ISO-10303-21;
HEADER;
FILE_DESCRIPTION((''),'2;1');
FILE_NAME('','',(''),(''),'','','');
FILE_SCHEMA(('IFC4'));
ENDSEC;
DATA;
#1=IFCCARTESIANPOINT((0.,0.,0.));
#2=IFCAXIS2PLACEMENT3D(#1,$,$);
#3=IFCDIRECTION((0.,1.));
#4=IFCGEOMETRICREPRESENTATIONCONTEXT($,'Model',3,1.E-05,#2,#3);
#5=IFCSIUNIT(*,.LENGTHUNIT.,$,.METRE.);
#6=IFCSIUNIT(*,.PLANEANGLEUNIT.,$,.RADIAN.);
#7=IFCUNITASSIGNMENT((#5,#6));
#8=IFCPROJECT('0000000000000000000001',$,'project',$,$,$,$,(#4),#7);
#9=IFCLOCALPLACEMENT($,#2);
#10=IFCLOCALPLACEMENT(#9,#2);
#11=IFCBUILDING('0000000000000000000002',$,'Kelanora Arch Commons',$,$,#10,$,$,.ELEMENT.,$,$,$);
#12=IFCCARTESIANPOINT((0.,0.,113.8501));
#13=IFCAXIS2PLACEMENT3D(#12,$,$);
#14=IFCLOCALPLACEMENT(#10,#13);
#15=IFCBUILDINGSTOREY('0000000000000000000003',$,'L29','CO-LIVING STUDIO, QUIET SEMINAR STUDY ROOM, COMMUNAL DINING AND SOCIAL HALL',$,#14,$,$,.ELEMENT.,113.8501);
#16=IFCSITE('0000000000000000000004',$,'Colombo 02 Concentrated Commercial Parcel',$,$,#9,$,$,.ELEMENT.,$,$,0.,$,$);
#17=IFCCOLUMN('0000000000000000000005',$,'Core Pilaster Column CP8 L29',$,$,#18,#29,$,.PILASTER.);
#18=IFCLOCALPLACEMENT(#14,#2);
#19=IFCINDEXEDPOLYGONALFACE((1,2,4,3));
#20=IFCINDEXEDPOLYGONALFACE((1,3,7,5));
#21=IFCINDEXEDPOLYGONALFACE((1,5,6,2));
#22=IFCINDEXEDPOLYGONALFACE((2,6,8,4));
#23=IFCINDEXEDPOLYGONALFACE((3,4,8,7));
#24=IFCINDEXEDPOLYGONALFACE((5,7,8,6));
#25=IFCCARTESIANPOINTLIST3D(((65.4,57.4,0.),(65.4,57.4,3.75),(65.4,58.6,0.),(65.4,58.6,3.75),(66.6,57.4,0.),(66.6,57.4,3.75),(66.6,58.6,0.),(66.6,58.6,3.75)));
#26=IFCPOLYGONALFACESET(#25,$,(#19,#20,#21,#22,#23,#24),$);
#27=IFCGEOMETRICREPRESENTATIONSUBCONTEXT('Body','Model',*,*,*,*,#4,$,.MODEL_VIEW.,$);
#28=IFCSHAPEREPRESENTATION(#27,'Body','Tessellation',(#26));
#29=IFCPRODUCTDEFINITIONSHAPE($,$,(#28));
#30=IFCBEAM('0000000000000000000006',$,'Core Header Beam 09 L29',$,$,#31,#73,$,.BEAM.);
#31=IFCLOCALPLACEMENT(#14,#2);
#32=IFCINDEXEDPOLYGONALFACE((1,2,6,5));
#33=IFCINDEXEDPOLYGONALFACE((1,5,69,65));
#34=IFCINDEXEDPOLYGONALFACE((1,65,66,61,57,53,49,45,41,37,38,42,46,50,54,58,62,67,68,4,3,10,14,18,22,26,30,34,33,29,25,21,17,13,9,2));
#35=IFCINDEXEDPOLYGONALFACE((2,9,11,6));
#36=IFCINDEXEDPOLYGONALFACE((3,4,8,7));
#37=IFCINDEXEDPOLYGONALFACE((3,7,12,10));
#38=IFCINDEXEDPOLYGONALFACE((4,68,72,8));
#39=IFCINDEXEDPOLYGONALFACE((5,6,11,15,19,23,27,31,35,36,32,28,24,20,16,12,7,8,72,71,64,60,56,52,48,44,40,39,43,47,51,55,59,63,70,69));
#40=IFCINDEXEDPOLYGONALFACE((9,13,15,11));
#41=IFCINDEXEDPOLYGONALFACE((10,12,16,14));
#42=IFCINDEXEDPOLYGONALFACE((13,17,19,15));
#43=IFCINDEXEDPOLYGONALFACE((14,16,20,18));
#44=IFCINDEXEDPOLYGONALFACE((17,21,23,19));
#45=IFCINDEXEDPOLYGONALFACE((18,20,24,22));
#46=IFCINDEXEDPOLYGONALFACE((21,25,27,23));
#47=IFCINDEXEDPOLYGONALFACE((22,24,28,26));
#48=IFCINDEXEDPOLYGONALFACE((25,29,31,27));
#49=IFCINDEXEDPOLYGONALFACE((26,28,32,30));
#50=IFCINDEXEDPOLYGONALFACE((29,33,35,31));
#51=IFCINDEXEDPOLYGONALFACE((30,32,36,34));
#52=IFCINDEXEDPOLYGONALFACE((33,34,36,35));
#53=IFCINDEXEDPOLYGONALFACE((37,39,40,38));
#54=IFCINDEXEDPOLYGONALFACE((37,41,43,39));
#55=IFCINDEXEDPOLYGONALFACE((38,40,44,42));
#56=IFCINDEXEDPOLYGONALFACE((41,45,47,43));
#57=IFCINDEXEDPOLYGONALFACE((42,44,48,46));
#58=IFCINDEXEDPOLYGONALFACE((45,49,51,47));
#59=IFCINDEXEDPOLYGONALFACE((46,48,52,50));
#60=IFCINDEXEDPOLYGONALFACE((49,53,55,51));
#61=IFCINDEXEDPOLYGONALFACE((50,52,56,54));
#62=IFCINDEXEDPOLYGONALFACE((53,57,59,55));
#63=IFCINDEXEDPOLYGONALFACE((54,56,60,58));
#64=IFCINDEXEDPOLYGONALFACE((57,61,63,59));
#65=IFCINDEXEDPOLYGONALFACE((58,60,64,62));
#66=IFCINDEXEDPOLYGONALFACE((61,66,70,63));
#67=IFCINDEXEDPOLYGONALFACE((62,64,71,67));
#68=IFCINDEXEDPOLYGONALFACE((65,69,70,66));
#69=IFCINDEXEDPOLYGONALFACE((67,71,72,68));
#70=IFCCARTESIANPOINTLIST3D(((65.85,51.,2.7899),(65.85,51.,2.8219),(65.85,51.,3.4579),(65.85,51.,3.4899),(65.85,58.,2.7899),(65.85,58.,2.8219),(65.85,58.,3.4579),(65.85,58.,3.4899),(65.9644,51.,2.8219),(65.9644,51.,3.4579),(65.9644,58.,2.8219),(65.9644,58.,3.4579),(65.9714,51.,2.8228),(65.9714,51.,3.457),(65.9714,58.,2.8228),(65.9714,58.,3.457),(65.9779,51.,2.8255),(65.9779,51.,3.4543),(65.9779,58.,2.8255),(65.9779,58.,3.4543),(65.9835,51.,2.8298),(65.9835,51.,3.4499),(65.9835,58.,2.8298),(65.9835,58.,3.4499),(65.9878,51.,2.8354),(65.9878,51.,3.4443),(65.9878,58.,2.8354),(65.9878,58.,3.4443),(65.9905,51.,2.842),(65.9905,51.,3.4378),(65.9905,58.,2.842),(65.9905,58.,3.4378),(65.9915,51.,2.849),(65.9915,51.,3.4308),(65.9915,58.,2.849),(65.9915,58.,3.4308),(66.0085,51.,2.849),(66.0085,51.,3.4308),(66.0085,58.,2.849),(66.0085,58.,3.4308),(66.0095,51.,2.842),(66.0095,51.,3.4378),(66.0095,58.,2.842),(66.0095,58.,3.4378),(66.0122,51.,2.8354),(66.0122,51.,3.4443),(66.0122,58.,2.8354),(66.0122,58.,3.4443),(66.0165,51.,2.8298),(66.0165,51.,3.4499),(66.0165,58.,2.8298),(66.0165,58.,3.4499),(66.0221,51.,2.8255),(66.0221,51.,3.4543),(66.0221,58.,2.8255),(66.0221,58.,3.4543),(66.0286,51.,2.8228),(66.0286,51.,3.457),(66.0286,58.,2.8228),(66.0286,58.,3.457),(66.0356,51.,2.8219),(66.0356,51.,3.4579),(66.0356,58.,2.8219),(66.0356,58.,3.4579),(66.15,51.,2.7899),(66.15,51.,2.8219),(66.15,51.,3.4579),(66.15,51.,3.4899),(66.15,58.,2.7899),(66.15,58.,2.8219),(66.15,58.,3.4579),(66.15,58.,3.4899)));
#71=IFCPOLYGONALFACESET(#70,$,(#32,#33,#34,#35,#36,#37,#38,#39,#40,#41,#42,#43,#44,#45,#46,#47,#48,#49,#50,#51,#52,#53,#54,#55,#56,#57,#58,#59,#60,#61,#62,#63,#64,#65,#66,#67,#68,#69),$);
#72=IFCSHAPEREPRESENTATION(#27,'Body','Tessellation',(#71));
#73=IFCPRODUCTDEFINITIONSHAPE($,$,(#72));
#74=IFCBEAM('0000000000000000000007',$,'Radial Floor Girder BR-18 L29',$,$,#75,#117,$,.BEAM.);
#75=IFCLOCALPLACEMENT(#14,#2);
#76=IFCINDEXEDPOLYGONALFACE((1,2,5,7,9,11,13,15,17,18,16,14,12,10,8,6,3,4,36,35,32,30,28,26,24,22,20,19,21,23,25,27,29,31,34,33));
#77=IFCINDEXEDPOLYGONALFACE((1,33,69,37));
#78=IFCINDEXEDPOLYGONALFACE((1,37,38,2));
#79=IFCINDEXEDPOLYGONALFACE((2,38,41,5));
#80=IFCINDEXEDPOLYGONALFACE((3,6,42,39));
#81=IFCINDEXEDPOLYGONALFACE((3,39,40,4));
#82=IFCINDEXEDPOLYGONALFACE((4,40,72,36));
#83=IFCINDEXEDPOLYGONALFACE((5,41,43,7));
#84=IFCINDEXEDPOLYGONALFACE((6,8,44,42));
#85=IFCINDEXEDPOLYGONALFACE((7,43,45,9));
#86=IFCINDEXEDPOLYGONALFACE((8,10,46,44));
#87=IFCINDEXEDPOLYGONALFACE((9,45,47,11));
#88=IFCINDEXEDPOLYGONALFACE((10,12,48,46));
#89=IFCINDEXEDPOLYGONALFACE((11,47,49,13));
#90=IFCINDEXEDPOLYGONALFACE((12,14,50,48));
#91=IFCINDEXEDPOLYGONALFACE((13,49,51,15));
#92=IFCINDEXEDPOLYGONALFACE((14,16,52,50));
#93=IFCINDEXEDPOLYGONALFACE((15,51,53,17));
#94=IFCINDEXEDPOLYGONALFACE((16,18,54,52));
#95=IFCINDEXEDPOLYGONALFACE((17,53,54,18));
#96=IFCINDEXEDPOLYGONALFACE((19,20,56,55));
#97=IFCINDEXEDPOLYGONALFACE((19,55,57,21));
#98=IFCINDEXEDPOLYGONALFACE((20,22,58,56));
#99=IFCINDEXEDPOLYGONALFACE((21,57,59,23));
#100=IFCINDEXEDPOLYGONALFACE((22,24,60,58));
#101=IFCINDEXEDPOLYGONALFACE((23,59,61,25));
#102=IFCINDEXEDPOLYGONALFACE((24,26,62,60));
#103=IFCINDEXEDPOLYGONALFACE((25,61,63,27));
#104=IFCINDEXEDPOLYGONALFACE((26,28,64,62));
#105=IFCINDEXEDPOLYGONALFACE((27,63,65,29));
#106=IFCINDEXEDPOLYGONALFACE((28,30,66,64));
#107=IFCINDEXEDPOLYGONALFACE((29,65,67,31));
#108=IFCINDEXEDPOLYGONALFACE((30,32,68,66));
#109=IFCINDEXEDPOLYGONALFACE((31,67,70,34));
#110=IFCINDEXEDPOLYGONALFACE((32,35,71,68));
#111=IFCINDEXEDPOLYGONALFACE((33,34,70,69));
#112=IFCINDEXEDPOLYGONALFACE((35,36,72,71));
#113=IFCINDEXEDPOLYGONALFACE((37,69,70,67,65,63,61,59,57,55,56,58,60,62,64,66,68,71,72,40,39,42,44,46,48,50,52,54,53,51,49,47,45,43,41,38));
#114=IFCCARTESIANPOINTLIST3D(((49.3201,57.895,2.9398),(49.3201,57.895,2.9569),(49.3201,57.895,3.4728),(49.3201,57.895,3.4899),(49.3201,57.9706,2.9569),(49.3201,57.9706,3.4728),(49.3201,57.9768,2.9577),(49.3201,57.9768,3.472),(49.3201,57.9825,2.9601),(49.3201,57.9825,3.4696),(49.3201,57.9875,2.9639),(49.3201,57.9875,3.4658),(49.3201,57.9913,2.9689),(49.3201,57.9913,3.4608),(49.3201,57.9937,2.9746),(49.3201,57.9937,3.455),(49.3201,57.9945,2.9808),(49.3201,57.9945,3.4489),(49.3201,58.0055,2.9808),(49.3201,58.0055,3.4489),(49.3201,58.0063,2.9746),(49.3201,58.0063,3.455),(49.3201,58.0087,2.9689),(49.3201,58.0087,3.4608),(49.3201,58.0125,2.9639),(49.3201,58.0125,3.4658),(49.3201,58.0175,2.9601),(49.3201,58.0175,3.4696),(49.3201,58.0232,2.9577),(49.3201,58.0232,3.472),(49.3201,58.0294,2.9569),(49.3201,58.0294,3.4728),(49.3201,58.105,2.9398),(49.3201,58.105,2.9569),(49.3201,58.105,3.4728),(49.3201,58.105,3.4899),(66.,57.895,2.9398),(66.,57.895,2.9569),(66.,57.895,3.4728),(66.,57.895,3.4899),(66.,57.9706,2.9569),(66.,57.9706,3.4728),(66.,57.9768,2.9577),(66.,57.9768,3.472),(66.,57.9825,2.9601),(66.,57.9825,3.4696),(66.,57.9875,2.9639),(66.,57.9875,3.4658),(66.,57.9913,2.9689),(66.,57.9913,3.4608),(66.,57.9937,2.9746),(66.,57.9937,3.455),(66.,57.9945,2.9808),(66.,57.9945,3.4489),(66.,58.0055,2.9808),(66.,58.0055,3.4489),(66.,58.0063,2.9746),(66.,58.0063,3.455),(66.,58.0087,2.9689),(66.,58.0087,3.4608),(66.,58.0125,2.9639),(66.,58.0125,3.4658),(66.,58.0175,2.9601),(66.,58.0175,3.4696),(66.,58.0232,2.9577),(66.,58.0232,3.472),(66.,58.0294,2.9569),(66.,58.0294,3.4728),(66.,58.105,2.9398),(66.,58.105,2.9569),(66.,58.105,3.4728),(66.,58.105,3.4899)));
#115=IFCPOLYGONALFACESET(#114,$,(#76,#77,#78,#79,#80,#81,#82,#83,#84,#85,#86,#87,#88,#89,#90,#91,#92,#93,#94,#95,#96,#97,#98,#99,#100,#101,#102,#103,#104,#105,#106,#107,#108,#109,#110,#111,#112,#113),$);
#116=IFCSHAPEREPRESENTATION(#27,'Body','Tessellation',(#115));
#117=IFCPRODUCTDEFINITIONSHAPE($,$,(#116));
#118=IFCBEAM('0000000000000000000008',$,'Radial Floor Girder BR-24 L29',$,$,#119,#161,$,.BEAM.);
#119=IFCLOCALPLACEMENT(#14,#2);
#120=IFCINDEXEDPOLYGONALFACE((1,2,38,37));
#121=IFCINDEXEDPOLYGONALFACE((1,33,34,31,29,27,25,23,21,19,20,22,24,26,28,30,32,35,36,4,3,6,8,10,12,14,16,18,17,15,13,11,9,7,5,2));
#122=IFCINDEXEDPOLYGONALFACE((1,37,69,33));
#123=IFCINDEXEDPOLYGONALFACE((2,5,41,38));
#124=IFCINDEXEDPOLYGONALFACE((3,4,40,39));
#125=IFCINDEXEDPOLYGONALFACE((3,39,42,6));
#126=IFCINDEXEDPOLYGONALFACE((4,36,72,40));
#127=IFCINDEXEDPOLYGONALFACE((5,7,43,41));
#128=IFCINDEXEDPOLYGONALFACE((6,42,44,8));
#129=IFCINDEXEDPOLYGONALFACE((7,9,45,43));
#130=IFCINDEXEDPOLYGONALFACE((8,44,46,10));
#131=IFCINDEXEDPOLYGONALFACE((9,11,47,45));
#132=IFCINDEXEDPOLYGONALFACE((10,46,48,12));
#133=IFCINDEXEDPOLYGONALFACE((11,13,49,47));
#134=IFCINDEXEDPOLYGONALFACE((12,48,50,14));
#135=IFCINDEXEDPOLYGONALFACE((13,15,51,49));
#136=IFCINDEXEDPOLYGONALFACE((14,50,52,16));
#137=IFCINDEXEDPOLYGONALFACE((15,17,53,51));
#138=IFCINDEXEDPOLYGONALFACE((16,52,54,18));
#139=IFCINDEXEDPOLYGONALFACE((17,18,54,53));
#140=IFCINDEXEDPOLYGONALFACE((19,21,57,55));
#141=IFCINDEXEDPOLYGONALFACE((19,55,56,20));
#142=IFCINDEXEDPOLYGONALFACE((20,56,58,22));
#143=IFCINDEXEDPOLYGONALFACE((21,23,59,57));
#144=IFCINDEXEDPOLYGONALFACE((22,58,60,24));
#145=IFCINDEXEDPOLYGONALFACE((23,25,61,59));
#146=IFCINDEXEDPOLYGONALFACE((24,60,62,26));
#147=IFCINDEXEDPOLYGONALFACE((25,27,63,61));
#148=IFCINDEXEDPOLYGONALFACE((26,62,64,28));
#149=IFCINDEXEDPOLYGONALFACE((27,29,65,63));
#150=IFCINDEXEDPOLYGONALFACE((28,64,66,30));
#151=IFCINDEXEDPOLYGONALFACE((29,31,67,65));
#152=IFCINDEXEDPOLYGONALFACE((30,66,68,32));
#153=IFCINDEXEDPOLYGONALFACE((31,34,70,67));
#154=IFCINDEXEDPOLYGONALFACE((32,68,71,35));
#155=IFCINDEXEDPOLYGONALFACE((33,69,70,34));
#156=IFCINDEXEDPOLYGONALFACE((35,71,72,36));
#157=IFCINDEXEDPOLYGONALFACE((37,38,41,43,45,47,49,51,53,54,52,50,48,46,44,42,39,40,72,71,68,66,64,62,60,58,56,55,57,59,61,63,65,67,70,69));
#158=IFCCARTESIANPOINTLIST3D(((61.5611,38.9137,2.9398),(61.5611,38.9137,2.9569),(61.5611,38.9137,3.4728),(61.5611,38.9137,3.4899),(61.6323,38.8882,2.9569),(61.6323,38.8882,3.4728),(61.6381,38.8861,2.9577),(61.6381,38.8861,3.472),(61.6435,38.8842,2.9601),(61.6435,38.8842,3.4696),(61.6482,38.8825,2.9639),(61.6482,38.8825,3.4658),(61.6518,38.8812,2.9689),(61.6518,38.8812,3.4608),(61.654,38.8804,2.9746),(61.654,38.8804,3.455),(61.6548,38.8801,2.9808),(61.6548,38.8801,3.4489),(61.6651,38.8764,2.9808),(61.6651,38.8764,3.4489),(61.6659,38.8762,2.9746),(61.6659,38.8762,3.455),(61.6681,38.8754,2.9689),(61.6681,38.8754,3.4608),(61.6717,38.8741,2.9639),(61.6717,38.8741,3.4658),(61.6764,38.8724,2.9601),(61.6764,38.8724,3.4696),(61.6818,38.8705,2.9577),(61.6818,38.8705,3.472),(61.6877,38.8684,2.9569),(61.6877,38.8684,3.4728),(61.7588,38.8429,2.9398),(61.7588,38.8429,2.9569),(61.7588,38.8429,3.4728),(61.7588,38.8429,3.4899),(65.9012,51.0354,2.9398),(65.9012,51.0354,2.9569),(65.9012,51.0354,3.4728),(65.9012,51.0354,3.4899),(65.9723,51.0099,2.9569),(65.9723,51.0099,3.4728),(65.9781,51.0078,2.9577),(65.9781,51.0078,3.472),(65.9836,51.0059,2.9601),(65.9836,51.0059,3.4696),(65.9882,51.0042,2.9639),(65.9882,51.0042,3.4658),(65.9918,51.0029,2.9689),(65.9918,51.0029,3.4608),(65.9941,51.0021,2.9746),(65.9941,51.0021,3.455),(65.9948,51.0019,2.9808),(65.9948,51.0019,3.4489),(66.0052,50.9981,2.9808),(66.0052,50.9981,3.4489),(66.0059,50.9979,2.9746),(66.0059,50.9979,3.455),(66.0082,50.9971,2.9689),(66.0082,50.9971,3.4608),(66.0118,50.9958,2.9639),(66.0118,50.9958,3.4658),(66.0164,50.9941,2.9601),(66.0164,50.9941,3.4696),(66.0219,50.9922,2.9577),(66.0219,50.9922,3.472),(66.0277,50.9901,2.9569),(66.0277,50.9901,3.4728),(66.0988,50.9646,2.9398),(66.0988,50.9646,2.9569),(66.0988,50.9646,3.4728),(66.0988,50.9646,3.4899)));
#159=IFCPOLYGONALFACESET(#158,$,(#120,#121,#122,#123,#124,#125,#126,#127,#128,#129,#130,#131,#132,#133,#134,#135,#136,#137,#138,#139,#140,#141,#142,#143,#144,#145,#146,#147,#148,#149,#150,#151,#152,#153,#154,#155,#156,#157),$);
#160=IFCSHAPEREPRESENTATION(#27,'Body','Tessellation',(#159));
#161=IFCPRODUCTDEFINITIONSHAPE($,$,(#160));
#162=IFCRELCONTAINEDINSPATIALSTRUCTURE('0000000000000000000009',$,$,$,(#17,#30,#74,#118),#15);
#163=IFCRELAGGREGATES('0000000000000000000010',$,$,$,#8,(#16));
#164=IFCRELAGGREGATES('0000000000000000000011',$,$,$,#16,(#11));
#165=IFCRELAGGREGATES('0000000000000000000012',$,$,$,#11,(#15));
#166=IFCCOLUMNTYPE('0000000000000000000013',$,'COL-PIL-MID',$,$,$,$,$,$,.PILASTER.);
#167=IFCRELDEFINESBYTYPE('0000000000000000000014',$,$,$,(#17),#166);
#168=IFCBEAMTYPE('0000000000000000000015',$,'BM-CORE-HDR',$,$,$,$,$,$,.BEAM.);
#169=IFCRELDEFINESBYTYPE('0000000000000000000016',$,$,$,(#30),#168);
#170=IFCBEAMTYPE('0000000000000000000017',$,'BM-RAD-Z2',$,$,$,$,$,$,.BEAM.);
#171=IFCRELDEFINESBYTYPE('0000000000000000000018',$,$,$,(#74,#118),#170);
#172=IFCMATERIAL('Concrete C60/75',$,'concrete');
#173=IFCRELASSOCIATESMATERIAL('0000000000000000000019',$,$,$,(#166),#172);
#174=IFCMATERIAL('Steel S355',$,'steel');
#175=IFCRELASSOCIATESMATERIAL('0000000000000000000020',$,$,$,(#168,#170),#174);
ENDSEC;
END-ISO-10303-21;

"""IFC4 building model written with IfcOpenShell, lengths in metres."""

from ifc_helpers import new_model, si_unit, direction, frame, origin, origin_2d, place, context, subcontext, project, spatial, rectangle, i_section, extrude, material, material_profile, profile_set, type_object, element, save


model = new_model("IFC4")

# Units and contexts
model_context = context("Model", 3, precision=1e-05, world=origin(), true_north=direction((0.0, 1.0)))
body_context = subcontext(model_context, "Body", "Model", "MODEL_VIEW")
ifc_project = project(units=[si_unit("LENGTHUNIT", "METRE"), si_unit("PLANEANGLEUNIT", "RADIAN")], contexts=[model_context])

# Site, building, storey
site_placement = place(None, origin())
site = spatial("IfcSite", under=ifc_project, at=site_placement, Name="Colombo 02 Concentrated Commercial Parcel", CompositionType="ELEMENT", RefElevation=0.0)
building_placement = place(site_placement, origin())
building = spatial("IfcBuilding", under=site, at=building_placement, Name="Kelanora Arch Commons", CompositionType="ELEMENT")
storey_placement = place(building_placement, frame((0.0, 0.0, 113.8501)))
storey = spatial("IfcBuildingStorey", under=building, at=storey_placement, Name="L29", Description="CO-LIVING STUDIO, QUIET SEMINAR STUDY ROOM, COMMUNAL DINING AND SOCIAL HALL", CompositionType="ELEMENT", Elevation=113.8501)

# Column
ifc_material_1 = material(Name="Concrete C60/75", Category="concrete")
ifc_material_profile_1 = material_profile(ifc_material_1, rectangle(XDim=1.2, YDim=1.2, at=origin_2d()), Name="RC1200x1200")
ifc_profile_set_1 = profile_set([ifc_material_profile_1], Name="Concrete C60/75")
column_type = type_object("IfcColumnType", Name="COL-PIL-MID", PredefinedType="PILASTER", material=ifc_profile_set_1)
column_placement = place(storey_placement, frame((66.0, 58.0, 0.0), z_axis=(0.0, 0.0, 1.0), x_axis=(1.0, 0.0, 0.0)))
element("IfcColumn", 1, at=column_placement, inside=storey, type_object=column_type, Name="Core Pilaster Column CP8 L29", PredefinedType="PILASTER", context=body_context, shape_type="SweptSolid", body=[
    extrude(rectangle(XDim=1.2, YDim=1.2, at=origin_2d()), origin(), (0.0, 0.0, 1.0), 3.75),
])

# Beams
ifc_material_2 = material(Name="Steel S355", Category="steel")
ifc_material_profile_2 = material_profile(ifc_material_2, i_section(OverallWidth=0.3, OverallDepth=0.7, WebThickness=0.0171, FlangeThickness=0.032, FilletRadius=0.0271, at=origin_2d()), Name="HEB700")
ifc_profile_set_2 = profile_set([ifc_material_profile_2], Name="Steel S355")
beam_type_1 = type_object("IfcBeamType", Name="BM-CORE-HDR", PredefinedType="BEAM", material=ifc_profile_set_2)
beam_1_placement = place(storey_placement, frame((66.0, 58.0, 3.1399), z_axis=(0.0, -1.0, 0.0), x_axis=(1.0, 0.0, 0.0)))
element("IfcBeam", 2, at=beam_1_placement, inside=storey, type_object=beam_type_1, Name="Core Header Beam 09 L29", PredefinedType="BEAM", context=body_context, shape_type="SweptSolid", body=[
    extrude(i_section(OverallWidth=0.3, OverallDepth=0.7, WebThickness=0.0171, FlangeThickness=0.032, FilletRadius=0.0271, at=origin_2d()), origin(), (0.0, 0.0, 1.0), 7.0),
])
ifc_material_profile_3 = material_profile(ifc_material_2, i_section(OverallWidth=0.21, OverallDepth=0.55, WebThickness=0.011, FlangeThickness=0.0171, FilletRadius=0.0239, at=origin_2d()), Name="IPE550")
ifc_profile_set_3 = profile_set([ifc_material_profile_3], Name="Steel S355")
beam_type_2 = type_object("IfcBeamType", Name="BM-RAD-Z2", PredefinedType="BEAM", material=ifc_profile_set_3)
beam_2_placement = place(storey_placement, frame((66.0, 58.0, 3.2148), z_axis=(-1.0, 0.0, 0.0), x_axis=(0.0, -1.0, 0.0)))
element("IfcBeam", 3, at=beam_2_placement, inside=storey, type_object=beam_type_2, Name="Radial Floor Girder BR-18 L29", PredefinedType="BEAM", context=body_context, shape_type="SweptSolid", body=[
    extrude(i_section(OverallWidth=0.21, OverallDepth=0.55, WebThickness=0.011, FlangeThickness=0.0171, FilletRadius=0.0239, at=origin_2d()), origin(), (0.0, 0.0, 1.0), 16.6799),
])
beam_3_placement = place(storey_placement, frame((66.0, 51.0, 3.2148), z_axis=(-0.337085, -0.941474, 0.0), x_axis=(0.941474, -0.337085, 0.0)))
element("IfcBeam", 4, at=beam_3_placement, inside=storey, type_object=beam_type_2, Name="Radial Floor Girder BR-24 L29", PredefinedType="BEAM", context=body_context, shape_type="SweptSolid", body=[
    extrude(i_section(OverallWidth=0.21, OverallDepth=0.55, WebThickness=0.011, FlangeThickness=0.0171, FilletRadius=0.0239, at=origin_2d()), origin(), (0.0, 0.0, 1.0), 12.8752),
])

save(model, "model.ifc")
